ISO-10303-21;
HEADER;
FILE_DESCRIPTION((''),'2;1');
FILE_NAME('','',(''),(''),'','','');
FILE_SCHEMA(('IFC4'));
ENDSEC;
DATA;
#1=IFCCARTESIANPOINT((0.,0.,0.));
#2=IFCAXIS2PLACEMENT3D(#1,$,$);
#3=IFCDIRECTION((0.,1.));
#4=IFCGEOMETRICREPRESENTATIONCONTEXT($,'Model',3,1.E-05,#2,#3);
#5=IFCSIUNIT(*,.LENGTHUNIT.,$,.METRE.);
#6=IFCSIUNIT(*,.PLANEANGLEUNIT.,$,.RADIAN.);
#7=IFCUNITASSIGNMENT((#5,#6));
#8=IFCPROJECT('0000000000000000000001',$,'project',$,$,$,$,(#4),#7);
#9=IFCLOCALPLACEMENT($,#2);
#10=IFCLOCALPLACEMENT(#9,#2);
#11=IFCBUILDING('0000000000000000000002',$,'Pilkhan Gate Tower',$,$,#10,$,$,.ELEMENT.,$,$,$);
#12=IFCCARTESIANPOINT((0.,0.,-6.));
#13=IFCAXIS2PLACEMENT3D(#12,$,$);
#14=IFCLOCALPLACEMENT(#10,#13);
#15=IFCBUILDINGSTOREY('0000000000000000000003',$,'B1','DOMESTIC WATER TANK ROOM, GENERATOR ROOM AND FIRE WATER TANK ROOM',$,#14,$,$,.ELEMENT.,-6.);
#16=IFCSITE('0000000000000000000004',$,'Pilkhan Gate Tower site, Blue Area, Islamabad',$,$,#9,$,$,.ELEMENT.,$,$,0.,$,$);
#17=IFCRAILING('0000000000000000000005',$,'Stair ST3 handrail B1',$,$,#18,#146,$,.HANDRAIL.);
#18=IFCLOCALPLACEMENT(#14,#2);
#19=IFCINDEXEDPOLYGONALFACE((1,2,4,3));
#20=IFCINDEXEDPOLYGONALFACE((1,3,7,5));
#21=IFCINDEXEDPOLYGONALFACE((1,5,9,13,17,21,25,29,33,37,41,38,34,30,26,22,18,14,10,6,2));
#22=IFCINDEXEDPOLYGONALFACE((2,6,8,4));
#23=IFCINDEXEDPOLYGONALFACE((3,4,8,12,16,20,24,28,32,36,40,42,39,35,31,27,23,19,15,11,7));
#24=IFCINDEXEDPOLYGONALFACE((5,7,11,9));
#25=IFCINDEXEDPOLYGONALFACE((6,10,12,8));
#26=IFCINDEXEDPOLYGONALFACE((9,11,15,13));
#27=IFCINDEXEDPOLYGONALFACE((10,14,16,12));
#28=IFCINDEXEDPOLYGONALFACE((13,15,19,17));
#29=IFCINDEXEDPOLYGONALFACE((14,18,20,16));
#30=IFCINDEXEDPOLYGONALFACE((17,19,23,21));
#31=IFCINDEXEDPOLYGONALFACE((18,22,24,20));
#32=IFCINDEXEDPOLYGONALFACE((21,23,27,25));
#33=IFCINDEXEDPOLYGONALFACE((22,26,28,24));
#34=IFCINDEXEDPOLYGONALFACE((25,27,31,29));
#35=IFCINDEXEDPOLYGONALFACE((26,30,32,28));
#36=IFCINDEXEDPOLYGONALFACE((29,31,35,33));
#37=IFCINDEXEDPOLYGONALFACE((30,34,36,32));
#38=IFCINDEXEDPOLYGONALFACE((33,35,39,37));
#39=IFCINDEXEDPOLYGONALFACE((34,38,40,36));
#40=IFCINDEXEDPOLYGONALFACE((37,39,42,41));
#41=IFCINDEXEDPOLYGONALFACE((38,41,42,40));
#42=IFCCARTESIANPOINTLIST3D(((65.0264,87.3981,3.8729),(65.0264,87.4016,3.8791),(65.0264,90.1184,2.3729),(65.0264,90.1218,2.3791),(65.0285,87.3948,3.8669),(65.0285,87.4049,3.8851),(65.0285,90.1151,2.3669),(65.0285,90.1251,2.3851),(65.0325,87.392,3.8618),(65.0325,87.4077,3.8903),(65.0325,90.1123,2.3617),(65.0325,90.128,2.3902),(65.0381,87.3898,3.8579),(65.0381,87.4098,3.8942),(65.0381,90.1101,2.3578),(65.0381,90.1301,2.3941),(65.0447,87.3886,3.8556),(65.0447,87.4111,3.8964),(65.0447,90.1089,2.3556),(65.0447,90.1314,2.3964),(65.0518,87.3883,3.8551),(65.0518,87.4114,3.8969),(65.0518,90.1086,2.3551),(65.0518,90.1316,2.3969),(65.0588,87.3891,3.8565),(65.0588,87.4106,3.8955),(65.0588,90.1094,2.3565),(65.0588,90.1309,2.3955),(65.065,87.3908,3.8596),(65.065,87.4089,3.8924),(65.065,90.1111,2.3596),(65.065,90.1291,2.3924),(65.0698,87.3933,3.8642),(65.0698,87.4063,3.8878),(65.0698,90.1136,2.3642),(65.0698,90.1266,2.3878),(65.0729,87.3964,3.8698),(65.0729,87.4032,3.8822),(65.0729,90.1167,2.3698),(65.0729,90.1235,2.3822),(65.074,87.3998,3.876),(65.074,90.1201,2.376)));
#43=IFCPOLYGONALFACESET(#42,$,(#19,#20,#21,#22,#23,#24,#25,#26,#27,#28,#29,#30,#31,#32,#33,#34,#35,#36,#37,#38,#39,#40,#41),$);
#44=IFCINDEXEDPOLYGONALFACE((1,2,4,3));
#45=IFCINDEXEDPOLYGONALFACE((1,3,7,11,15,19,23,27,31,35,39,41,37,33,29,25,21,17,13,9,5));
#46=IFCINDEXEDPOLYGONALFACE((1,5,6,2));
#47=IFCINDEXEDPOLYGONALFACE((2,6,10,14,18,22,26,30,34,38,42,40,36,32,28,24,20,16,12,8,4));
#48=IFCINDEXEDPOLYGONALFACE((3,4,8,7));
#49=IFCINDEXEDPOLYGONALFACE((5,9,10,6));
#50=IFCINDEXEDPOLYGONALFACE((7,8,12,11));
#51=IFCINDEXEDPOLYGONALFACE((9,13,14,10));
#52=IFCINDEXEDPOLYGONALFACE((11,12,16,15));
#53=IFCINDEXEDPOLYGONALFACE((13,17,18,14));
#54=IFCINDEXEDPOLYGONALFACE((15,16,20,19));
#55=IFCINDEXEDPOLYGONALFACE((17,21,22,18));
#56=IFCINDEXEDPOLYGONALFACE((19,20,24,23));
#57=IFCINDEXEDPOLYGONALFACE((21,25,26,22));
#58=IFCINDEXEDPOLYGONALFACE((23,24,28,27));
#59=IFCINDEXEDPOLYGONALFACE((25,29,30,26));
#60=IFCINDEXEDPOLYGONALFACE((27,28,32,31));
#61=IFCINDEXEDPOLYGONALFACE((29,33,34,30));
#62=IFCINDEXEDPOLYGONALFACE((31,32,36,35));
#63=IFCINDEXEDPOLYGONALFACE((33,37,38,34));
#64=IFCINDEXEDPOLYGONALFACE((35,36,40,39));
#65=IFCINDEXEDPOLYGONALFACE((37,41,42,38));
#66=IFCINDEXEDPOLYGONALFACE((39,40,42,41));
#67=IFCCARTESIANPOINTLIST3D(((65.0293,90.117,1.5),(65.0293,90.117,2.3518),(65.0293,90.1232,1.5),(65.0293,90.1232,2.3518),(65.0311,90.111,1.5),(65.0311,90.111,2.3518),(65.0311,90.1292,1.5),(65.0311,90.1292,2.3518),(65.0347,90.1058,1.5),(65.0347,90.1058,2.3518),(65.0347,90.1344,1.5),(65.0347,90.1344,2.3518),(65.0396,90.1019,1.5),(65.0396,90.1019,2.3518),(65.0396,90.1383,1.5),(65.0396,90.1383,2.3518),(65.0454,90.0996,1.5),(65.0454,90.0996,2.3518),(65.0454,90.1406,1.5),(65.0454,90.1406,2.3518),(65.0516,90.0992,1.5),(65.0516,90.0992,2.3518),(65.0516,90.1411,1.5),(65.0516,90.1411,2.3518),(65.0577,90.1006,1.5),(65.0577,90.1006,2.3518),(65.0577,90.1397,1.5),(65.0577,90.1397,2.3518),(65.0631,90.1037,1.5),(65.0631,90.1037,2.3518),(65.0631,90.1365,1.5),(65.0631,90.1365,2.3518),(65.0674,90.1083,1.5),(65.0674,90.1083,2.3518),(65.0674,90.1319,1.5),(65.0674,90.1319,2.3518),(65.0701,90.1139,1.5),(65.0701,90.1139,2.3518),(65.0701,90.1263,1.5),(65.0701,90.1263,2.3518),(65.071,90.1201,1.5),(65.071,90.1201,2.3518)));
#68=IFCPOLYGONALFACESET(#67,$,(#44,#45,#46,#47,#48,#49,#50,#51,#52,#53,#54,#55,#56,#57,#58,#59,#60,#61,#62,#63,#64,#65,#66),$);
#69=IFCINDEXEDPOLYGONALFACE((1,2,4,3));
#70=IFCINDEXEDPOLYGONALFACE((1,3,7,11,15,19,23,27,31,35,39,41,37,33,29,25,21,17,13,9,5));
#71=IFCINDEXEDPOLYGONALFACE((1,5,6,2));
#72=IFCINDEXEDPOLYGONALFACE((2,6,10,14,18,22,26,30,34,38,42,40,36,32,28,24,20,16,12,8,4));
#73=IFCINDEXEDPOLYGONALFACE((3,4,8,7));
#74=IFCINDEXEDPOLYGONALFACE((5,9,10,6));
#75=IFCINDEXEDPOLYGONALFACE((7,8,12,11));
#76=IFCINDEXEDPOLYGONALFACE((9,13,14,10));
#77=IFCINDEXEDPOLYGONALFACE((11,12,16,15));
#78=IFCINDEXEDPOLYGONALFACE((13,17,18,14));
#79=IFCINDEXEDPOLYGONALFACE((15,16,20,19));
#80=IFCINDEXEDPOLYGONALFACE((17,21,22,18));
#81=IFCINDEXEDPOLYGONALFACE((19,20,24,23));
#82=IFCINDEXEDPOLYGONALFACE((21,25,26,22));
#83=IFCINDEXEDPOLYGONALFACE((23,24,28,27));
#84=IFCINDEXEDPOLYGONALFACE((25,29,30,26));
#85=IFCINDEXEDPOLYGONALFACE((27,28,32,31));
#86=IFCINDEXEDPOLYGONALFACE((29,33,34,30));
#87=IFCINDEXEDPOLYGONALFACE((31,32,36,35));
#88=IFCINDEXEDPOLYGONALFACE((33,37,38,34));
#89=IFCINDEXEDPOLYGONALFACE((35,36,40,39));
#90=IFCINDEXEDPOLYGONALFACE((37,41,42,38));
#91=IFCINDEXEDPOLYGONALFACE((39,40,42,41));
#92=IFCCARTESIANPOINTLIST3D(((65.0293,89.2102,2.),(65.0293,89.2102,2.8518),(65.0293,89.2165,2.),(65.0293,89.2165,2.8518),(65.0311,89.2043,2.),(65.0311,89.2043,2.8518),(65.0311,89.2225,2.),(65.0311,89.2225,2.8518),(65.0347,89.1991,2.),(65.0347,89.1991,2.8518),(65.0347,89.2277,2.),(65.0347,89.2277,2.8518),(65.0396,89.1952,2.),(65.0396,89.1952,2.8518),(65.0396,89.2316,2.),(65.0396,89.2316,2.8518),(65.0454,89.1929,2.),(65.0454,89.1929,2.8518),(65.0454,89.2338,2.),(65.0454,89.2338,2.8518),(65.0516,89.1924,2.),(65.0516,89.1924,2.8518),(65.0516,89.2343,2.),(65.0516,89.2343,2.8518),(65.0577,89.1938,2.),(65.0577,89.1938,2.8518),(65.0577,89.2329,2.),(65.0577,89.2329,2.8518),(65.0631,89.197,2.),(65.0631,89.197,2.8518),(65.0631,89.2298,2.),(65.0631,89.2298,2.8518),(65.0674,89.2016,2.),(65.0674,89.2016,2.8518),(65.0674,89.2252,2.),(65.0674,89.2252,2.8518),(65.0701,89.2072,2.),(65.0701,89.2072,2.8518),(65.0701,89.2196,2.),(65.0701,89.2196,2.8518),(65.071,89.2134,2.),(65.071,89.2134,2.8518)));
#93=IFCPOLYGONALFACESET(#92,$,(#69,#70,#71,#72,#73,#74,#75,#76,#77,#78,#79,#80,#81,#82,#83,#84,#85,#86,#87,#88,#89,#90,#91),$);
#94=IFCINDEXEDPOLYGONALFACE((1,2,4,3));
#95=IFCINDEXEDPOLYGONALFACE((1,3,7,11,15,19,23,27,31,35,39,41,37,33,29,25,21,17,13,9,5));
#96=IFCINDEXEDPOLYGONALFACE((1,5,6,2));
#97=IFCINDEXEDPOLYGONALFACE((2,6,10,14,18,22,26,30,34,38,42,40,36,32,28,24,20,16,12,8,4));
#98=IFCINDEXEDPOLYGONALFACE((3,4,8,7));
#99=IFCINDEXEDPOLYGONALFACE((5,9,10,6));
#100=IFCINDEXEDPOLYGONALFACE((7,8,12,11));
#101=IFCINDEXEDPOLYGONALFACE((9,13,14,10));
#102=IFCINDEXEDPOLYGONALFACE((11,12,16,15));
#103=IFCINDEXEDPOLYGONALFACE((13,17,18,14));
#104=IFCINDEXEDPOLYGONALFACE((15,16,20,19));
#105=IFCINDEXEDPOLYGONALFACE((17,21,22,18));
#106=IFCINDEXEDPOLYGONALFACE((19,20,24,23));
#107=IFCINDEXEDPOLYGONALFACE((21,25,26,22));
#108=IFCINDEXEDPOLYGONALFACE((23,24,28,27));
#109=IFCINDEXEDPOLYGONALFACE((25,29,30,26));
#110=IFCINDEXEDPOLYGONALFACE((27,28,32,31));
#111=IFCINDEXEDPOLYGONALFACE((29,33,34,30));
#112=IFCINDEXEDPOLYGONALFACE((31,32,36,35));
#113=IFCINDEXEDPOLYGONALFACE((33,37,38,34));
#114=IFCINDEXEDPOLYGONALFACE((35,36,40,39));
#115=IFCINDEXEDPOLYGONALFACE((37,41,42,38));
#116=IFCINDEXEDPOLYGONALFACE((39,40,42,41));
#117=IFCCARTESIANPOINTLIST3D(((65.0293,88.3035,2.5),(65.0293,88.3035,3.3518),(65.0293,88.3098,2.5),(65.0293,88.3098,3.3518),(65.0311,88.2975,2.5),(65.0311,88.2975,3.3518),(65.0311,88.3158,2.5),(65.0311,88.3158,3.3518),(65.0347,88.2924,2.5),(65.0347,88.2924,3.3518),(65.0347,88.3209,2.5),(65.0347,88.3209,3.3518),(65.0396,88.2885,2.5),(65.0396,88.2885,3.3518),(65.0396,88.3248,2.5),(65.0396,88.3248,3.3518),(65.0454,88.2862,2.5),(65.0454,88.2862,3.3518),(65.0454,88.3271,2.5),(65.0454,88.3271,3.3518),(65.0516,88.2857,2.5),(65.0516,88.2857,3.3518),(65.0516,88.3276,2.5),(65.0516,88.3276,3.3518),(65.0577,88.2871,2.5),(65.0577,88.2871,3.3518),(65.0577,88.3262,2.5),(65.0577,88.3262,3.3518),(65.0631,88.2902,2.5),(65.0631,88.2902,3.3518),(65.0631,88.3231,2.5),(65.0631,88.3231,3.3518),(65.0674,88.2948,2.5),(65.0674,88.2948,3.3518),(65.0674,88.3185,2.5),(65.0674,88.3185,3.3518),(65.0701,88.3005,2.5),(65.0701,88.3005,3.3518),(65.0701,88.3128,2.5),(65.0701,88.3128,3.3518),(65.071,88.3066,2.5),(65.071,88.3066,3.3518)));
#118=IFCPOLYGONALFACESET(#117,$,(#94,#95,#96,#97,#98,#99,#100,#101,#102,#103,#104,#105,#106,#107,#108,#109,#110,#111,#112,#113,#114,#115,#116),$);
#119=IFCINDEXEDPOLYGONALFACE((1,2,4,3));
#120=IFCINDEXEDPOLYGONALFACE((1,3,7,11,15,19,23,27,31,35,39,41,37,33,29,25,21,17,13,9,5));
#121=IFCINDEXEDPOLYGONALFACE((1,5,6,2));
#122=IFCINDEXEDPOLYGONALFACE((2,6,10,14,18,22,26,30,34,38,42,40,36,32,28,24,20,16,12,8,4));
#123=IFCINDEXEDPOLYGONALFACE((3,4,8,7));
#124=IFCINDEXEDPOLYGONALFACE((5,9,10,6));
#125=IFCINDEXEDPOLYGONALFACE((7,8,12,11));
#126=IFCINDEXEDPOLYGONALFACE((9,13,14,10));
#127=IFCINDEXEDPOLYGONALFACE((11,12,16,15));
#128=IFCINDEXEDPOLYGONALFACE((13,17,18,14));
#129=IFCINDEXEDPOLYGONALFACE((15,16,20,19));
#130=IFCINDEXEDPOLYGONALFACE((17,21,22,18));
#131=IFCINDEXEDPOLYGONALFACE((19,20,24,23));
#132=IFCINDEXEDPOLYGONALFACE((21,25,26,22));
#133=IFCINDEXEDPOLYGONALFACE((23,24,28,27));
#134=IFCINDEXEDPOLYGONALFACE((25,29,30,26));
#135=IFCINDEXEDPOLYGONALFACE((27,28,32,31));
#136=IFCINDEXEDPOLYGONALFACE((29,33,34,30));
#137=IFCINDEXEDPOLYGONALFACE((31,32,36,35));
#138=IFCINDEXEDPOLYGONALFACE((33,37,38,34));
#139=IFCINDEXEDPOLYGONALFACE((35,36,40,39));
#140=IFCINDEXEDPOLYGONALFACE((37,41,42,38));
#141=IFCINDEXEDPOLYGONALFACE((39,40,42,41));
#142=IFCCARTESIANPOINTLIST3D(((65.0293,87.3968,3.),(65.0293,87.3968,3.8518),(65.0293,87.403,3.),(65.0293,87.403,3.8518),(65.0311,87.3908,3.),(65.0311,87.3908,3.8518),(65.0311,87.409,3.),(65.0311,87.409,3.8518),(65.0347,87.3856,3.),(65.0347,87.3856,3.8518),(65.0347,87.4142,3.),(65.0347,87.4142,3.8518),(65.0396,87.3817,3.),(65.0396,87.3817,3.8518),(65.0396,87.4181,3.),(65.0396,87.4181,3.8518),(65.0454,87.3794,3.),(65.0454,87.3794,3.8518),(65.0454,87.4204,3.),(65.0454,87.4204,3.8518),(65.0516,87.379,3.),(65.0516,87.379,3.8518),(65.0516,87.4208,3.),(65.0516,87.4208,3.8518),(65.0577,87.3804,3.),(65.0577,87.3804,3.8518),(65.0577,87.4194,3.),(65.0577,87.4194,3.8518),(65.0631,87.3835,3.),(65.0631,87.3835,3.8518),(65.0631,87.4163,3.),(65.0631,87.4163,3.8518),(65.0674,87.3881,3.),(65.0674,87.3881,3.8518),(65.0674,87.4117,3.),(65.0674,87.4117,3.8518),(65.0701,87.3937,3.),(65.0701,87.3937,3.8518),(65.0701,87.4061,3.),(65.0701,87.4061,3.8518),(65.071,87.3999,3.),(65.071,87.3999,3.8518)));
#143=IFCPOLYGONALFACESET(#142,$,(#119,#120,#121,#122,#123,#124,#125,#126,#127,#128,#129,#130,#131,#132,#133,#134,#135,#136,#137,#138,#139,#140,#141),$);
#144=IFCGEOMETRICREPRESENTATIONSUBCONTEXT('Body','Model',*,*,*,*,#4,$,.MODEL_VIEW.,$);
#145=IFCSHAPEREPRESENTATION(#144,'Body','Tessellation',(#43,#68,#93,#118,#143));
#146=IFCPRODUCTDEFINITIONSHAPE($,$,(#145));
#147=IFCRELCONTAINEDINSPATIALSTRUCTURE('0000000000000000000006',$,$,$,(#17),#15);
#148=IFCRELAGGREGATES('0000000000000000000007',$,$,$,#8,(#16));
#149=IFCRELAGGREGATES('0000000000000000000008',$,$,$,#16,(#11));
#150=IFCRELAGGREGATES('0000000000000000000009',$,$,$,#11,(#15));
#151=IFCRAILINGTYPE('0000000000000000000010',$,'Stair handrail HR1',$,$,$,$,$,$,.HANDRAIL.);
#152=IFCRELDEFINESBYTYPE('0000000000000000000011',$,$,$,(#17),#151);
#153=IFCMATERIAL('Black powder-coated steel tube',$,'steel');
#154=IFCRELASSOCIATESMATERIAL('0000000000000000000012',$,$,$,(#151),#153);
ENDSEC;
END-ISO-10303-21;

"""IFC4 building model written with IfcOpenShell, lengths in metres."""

from ifc_helpers import new_model, si_unit, direction, frame, origin, origin_2d, place, context, subcontext, project, spatial, circle, extrude, material, type_object, element, save


model = new_model("IFC4")

# Units and contexts
model_context = context("Model", 3, precision=1e-05, world=origin(), true_north=direction((0.0, 1.0)))
body_context = subcontext(model_context, "Body", "Model", "MODEL_VIEW")
ifc_project = project(units=[si_unit("LENGTHUNIT", "METRE"), si_unit("PLANEANGLEUNIT", "RADIAN")], contexts=[model_context])

# Site, building, storey
site_placement = place(None, origin())
site = spatial("IfcSite", under=ifc_project, at=site_placement, Name="Pilkhan Gate Tower site, Blue Area, Islamabad", CompositionType="ELEMENT", RefElevation=0.0)
building_placement = place(site_placement, origin())
building = spatial("IfcBuilding", under=site, at=building_placement, Name="Pilkhan Gate Tower", CompositionType="ELEMENT")
storey_placement = place(building_placement, frame((0.0, 0.0, -6.0)))
storey = spatial("IfcBuildingStorey", under=building, at=storey_placement, Name="B1", Description="DOMESTIC WATER TANK ROOM, GENERATOR ROOM AND FIRE WATER TANK ROOM", CompositionType="ELEMENT", Elevation=-6.0)

# Railing
ifc_material_1 = material(Name="Black powder-coated steel tube", Category="steel")
railing_type_1 = type_object("IfcRailingType", Name="Stair handrail HR1", PredefinedType="HANDRAIL", material=ifc_material_1)
railing_1_placement = place(storey_placement, frame((65.05, 90.1201, 1.5)))
element("IfcRailing", 1, at=railing_1_placement, inside=storey, type_object=railing_type_1, Name="Stair ST3 handrail B1", PredefinedType="HANDRAIL", context=body_context, shape_type="SweptSolid", body=[
    extrude(circle(Radius=0.0239, at=origin_2d()), frame((0.0, 0.0, 0.876), z_axis=(0.0, -0.875688, 0.482878), x_axis=(1.0, 0.0, 0.0)), (0.0, 0.0, 1.0), 3.1064),
    extrude(circle(Radius=0.021, at=origin_2d()), origin(), (0.0, 0.0, 1.0), 0.8518),
    extrude(circle(Radius=0.021, at=origin_2d()), frame((0.0, -0.9067, 0.5)), (0.0, 0.0, 1.0), 0.8518),
    extrude(circle(Radius=0.021, at=origin_2d()), frame((0.0, -1.8135, 1.0)), (0.0, 0.0, 1.0), 0.8518),
    extrude(circle(Radius=0.021, at=origin_2d()), frame((0.0, -2.7202, 1.5)), (0.0, 0.0, 1.0), 0.8518),
])

save(model, "model.ifc")
